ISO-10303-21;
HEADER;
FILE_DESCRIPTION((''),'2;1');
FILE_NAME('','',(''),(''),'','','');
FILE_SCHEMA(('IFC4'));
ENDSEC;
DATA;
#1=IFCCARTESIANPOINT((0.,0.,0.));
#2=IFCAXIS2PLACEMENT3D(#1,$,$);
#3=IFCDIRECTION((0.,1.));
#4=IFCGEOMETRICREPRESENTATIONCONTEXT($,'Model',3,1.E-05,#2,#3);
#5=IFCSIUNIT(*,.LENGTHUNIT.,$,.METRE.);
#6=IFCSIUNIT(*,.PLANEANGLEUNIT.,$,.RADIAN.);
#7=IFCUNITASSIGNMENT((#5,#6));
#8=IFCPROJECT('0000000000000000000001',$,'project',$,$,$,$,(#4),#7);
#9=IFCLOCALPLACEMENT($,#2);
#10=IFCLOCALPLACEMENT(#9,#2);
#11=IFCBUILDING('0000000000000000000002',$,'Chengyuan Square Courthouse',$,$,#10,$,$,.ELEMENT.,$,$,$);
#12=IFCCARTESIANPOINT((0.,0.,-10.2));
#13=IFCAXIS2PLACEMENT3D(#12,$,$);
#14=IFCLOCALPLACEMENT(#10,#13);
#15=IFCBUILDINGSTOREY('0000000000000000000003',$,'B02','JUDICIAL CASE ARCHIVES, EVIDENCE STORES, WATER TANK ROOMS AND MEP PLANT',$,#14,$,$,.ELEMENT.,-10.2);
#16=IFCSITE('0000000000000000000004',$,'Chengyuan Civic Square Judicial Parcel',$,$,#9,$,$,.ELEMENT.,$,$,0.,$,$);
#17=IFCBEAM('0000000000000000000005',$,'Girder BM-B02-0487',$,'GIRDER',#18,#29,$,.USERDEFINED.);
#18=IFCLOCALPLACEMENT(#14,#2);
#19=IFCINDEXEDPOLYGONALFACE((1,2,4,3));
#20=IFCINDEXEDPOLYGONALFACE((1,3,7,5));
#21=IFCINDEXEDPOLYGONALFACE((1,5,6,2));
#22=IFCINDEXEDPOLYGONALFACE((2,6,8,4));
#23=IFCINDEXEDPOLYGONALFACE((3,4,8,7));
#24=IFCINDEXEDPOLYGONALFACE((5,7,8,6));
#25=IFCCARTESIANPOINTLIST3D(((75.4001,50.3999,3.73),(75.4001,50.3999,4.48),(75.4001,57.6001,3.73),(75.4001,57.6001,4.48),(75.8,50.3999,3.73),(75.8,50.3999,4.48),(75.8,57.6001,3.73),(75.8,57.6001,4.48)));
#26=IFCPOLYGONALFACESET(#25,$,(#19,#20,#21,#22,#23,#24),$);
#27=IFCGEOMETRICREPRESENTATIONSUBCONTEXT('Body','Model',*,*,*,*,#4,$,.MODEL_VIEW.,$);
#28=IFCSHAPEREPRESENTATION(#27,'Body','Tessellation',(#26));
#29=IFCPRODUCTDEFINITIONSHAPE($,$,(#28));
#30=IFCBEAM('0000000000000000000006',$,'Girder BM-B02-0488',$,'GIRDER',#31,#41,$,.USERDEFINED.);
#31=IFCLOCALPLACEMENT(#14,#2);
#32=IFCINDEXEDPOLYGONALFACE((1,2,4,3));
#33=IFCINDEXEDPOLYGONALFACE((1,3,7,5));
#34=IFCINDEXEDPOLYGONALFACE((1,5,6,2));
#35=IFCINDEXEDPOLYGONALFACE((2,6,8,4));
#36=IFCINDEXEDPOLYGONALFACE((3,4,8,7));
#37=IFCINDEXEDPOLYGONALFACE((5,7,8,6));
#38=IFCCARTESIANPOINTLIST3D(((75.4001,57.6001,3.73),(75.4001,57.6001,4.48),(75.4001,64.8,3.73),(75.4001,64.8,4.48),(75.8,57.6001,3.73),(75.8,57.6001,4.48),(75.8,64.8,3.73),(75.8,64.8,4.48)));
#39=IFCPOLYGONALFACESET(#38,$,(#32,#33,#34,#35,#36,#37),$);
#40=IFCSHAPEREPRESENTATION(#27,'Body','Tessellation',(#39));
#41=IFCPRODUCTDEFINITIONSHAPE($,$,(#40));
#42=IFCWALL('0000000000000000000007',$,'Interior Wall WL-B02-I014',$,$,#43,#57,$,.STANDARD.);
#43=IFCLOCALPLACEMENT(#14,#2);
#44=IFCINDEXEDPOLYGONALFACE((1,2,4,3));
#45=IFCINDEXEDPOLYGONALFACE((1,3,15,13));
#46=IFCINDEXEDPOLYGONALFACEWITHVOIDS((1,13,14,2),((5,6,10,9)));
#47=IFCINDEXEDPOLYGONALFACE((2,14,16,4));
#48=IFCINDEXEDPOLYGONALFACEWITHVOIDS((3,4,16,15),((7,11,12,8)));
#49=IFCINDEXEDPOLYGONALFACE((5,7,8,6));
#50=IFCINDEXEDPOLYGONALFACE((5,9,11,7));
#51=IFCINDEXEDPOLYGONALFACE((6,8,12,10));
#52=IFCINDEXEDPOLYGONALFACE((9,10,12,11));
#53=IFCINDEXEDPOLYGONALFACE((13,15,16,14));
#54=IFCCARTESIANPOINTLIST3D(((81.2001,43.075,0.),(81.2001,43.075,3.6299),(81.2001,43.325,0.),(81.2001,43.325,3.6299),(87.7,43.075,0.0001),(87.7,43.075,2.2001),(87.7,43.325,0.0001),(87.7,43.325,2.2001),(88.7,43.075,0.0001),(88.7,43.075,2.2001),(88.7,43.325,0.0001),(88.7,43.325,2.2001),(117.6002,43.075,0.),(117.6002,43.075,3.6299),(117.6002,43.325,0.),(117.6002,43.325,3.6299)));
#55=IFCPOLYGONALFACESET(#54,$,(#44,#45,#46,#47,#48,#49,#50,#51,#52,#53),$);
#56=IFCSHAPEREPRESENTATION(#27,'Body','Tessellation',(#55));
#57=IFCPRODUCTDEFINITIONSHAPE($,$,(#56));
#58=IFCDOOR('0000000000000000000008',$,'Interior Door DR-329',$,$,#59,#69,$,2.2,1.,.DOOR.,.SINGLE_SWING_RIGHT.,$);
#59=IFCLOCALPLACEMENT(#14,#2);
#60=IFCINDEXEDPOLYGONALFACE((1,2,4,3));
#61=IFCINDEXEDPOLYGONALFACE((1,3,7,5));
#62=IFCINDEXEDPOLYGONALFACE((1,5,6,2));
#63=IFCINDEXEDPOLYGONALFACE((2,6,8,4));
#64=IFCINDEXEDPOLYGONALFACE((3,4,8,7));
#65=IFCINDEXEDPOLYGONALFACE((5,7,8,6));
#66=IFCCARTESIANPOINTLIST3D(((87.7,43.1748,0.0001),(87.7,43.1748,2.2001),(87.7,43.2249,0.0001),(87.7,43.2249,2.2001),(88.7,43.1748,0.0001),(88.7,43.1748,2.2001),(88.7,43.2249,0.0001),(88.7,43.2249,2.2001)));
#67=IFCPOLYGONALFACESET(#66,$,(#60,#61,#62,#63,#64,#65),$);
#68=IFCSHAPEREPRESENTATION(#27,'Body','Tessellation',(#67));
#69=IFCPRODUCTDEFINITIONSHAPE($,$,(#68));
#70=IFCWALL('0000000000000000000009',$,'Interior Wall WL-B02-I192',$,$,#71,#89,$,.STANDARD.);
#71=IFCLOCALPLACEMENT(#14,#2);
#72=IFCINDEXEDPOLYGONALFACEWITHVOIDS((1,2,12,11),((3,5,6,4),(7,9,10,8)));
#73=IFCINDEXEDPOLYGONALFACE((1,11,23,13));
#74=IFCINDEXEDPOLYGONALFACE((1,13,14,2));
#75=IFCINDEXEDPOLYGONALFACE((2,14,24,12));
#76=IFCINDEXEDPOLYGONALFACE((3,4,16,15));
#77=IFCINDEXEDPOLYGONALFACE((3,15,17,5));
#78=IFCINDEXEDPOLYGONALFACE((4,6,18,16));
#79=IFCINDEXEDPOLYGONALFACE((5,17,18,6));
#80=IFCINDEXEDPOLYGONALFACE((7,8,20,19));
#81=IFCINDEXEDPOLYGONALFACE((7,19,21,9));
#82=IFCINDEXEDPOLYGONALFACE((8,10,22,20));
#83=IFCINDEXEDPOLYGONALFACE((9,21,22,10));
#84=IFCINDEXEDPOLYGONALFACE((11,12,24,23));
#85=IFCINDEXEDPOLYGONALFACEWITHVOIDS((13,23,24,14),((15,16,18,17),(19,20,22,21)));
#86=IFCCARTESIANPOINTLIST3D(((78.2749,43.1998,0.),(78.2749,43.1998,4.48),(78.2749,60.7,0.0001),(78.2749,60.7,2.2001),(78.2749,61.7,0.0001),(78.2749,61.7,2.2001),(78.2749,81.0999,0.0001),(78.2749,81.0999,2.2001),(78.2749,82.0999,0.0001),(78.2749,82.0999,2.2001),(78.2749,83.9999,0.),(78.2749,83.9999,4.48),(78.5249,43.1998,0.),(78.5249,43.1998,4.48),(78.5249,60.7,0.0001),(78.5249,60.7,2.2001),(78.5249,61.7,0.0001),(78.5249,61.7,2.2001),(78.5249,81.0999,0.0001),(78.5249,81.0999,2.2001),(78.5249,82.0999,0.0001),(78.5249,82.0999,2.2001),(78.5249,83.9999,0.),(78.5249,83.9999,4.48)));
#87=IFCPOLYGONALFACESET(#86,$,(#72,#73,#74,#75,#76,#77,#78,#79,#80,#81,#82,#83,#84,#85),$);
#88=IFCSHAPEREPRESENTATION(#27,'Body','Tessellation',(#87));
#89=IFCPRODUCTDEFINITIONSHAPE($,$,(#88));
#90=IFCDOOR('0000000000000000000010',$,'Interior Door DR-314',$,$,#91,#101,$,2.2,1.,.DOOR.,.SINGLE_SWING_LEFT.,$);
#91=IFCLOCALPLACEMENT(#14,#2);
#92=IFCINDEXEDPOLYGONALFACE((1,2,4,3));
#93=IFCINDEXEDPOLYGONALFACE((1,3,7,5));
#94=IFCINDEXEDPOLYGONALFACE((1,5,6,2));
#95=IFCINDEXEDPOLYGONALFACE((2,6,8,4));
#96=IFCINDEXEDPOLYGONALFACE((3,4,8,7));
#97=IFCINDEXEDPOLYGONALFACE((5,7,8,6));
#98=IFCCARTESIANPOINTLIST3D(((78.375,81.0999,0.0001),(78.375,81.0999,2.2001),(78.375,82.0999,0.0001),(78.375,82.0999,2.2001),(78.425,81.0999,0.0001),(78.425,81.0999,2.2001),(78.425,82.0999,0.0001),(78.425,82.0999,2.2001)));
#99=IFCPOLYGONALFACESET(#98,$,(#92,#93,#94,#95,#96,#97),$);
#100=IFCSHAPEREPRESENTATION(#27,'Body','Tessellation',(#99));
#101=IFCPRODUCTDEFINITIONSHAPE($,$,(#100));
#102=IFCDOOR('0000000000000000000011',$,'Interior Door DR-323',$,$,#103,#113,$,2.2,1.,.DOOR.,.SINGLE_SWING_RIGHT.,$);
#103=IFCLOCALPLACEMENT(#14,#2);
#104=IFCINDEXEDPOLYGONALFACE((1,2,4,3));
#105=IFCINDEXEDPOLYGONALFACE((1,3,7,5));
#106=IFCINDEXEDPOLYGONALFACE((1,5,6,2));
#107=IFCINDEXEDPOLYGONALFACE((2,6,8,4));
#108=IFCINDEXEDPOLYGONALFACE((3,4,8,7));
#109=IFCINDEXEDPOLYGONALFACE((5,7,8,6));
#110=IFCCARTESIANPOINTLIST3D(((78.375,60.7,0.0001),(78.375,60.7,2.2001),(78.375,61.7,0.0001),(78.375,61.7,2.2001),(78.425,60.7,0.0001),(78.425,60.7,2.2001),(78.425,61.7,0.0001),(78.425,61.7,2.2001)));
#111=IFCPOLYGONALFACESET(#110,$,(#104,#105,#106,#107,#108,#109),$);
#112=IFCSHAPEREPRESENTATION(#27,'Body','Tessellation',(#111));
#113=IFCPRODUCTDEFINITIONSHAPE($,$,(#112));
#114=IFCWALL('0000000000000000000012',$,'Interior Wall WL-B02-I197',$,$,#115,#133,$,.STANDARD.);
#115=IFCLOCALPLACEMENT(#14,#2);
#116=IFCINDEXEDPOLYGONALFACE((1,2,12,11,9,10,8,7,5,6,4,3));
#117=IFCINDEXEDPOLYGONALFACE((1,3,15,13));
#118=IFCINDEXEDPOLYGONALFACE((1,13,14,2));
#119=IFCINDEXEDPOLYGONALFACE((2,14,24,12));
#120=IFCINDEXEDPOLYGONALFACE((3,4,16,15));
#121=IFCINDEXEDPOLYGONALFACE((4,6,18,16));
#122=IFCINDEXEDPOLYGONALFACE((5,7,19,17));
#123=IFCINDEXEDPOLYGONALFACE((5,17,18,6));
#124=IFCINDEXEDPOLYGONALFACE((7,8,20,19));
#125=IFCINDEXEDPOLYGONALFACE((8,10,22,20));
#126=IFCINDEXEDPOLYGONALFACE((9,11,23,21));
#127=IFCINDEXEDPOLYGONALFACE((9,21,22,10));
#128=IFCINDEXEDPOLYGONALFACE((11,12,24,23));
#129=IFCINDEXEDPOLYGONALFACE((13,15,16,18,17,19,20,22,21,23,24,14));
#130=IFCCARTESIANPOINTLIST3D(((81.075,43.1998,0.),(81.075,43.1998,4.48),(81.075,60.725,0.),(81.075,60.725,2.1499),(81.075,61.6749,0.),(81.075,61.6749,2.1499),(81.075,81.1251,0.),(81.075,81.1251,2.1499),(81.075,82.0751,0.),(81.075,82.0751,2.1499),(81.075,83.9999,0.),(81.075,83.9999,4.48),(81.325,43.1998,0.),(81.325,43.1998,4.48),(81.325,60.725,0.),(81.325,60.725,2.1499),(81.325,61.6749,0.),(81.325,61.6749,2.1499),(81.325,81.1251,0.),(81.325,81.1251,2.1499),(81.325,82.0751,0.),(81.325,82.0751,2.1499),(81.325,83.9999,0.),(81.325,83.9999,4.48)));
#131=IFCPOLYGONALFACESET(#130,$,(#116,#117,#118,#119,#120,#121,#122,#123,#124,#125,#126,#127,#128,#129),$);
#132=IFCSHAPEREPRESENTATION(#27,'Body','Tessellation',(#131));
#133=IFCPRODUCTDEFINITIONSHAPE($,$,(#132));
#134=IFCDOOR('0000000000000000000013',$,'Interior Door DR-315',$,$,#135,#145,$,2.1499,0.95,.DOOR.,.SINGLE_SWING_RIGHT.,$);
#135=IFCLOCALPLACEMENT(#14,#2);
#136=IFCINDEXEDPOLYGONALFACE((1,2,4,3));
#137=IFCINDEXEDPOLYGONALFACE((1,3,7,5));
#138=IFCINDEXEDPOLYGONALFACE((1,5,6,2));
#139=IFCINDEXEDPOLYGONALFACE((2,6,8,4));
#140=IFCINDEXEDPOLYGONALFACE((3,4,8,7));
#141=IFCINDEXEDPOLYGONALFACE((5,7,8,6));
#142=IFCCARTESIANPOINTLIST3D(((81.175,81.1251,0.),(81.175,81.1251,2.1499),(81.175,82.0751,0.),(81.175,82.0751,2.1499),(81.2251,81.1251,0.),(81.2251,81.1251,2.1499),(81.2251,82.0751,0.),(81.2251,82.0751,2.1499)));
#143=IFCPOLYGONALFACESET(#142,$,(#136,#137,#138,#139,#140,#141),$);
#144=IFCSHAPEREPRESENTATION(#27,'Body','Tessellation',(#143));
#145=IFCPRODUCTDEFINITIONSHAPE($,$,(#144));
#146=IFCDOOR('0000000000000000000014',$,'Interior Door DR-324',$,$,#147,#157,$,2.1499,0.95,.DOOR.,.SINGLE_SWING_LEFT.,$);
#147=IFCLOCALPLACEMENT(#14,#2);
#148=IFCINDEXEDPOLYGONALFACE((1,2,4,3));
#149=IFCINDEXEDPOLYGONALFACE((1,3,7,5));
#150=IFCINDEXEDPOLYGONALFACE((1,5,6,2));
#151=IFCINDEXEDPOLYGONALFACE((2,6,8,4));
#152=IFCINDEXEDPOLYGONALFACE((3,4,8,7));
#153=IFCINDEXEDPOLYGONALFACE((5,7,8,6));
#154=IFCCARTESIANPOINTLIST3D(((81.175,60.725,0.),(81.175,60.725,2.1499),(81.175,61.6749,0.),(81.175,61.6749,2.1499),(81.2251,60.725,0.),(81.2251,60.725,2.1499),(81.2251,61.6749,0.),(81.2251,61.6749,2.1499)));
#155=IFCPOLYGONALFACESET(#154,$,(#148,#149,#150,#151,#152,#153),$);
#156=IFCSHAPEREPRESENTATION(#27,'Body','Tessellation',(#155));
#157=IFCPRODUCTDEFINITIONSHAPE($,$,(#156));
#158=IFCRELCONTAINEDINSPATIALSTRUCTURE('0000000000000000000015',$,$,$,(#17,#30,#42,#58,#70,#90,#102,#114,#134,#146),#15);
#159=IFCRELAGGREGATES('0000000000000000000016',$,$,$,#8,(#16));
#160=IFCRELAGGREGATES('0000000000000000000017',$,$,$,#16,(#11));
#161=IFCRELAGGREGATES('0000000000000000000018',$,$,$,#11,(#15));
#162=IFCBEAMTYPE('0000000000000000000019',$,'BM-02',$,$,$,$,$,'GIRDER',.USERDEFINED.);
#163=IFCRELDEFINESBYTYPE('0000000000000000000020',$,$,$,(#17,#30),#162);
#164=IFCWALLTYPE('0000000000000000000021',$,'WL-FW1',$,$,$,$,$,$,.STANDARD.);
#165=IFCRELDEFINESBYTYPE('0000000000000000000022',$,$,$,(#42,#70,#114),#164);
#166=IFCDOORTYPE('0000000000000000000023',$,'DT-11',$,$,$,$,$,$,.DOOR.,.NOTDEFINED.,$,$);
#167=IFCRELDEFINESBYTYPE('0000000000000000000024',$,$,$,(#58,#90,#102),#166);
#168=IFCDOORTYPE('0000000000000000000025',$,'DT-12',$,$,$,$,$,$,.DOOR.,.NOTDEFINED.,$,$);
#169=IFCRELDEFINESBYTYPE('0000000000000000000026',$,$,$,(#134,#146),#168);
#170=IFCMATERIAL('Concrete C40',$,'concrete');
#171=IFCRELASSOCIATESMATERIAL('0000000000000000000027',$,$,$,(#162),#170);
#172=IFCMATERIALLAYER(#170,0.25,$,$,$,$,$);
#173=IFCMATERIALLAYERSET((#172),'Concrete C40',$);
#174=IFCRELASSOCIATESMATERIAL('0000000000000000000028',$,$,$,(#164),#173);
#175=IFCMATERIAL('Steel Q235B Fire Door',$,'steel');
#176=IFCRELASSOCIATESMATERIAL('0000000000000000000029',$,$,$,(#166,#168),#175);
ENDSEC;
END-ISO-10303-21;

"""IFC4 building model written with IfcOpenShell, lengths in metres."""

from ifc_helpers import new_model, si_unit, direction, frame, frame_2d, origin, origin_2d, place, context, subcontext, project, spatial, rectangle, extrude, material, layer, layer_set, material_profile, profile_set, type_object, element, fill, save


model = new_model("IFC4")

# Units and contexts
model_context = context("Model", 3, precision=1e-05, world=origin(), true_north=direction((0.0, 1.0)))
body_context = subcontext(model_context, "Body", "Model", "MODEL_VIEW")
ifc_project = project(units=[si_unit("LENGTHUNIT", "METRE"), si_unit("PLANEANGLEUNIT", "RADIAN")], contexts=[model_context])

# Site, building, storey
site_placement = place(None, origin())
site = spatial("IfcSite", under=ifc_project, at=site_placement, Name="Chengyuan Civic Square Judicial Parcel", CompositionType="ELEMENT", RefElevation=0.0)
building_placement = place(site_placement, origin())
building = spatial("IfcBuilding", under=site, at=building_placement, Name="Chengyuan Square Courthouse", CompositionType="ELEMENT")
storey_placement = place(building_placement, frame((0.0, 0.0, -10.2)))
storey = spatial("IfcBuildingStorey", under=building, at=storey_placement, Name="B02", Description="JUDICIAL CASE ARCHIVES, EVIDENCE STORES, WATER TANK ROOMS AND MEP PLANT", CompositionType="ELEMENT", Elevation=-10.2)

# Shared definitions
ifc_material_1 = material(Name="Concrete C40", Category="concrete")

# Beams
ifc_material_profile_1 = material_profile(ifc_material_1, rectangle(XDim=0.3999, YDim=0.75, at=origin_2d()), Name="RC-BM-400x750")
ifc_profile_set_1 = profile_set([ifc_material_profile_1], Name="Concrete C40")
beam_type_1 = type_object("IfcBeamType", Name="BM-02", ElementType="GIRDER", PredefinedType="USERDEFINED", material=ifc_profile_set_1)
beam_1_placement = place(storey_placement, frame((75.6001, 50.3999, 4.105), z_axis=(0.0, 1.0, 0.0), x_axis=(-1.0, 0.0, 0.0)))
element("IfcBeam", 1, at=beam_1_placement, inside=storey, type_object=beam_type_1, Name="Girder BM-B02-0487", ObjectType="GIRDER", PredefinedType="USERDEFINED", context=body_context, shape_type="SweptSolid", body=[
    extrude(rectangle(XDim=0.3999, YDim=0.75, at=origin_2d()), origin(), (0.0, 0.0, 1.0), 7.2002),
])
beam_2_placement = place(storey_placement, frame((75.6001, 57.6001, 4.105), z_axis=(0.0, 1.0, 0.0), x_axis=(-1.0, 0.0, 0.0)))
element("IfcBeam", 2, at=beam_2_placement, inside=storey, type_object=beam_type_1, Name="Girder BM-B02-0488", ObjectType="GIRDER", PredefinedType="USERDEFINED", context=body_context, shape_type="SweptSolid", body=[
    extrude(rectangle(XDim=0.3999, YDim=0.75, at=origin_2d()), origin(), (0.0, 0.0, 1.0), 7.2),
])

# Wall, opening, door
ifc_layer = layer(ifc_material_1, 0.25)
ifc_layer_set = layer_set([ifc_layer], Name="Concrete C40")
wall_type = type_object("IfcWallType", Name="WL-FW1", PredefinedType="STANDARD", material=ifc_layer_set)
wall_1_placement = place(storey_placement, frame((81.2, 43.2, 0.0), z_axis=(0.0, 0.0, 1.0), x_axis=(1.0, 0.0, 0.0)))
wall_1 = element("IfcWall", 3, at=wall_1_placement, inside=storey, type_object=wall_type, Name="Interior Wall WL-B02-I014", PredefinedType="STANDARD", context=body_context, shape_type="SweptSolid", body=[
    extrude(rectangle(XDim=36.4001, YDim=0.25, at=frame_2d((18.2002, 0.0))), origin(), (0.0, 0.0, 1.0), 3.6299),
])
opening_1_placement = place(wall_1_placement, frame((6.5, 0.0, 0.0)))
opening_1 = element("IfcOpeningElement", 4, at=opening_1_placement, cuts=wall_1, PredefinedType="OPENING", context=body_context, shape_type="SweptSolid", body=[
    extrude(rectangle(XDim=1.0, YDim=2.2, at=frame_2d((0.5, 1.1001))), frame((0.0, 0.137, 0.0), z_axis=(0.0, -1.0, 0.0), x_axis=(1.0, 0.0, 0.0)), (0.0, 0.0, 1.0), 0.2739),
])
ifc_material_2 = material(Name="Steel Q235B Fire Door", Category="steel")
door_type_1 = type_object("IfcDoorType", Name="DT-11", OperationType="NOTDEFINED", PredefinedType="DOOR", material=ifc_material_2)
door_1_placement = place(opening_1_placement, origin())
door_1 = element("IfcDoor", 5, at=door_1_placement, inside=storey, type_object=door_type_1, Name="Interior Door DR-329", OperationType="SINGLE_SWING_RIGHT", OverallHeight=2.2, OverallWidth=1.0, PredefinedType="DOOR", context=body_context, shape_type="SweptSolid", body=[
    extrude(rectangle(XDim=1.0, YDim=2.2, at=frame_2d((0.5, 1.1001))), frame((0.0, 0.0249, 0.0), z_axis=(0.0, -1.0, 0.0), x_axis=(1.0, 0.0, 0.0)), (0.0, 0.0, 1.0), 0.05),
])
fill(opening_1, door_1)

# Walls, openings, doors
wall_2_placement = place(storey_placement, frame((78.3999, 43.2, 0.0), z_axis=(0.0, 0.0, 1.0), x_axis=(0.0, 1.0, 0.0)))
wall_2 = element("IfcWall", 6, at=wall_2_placement, inside=storey, type_object=wall_type, Name="Interior Wall WL-B02-I192", PredefinedType="STANDARD", context=body_context, shape_type="SweptSolid", body=[
    extrude(rectangle(XDim=40.8, YDim=0.25, at=frame_2d((20.3999, 0.0))), origin(), (0.0, 0.0, 1.0), 4.48),
])
opening_2_placement = place(wall_2_placement, frame((37.8999, 0.0, 0.0)))
opening_2 = element("IfcOpeningElement", 7, at=opening_2_placement, cuts=wall_2, PredefinedType="OPENING", context=body_context, shape_type="SweptSolid", body=[
    extrude(rectangle(XDim=1.0, YDim=2.2, at=frame_2d((0.5, 1.1001))), frame((0.0, 0.137, 0.0), z_axis=(0.0, -1.0, 0.0), x_axis=(1.0, 0.0, 0.0)), (0.0, 0.0, 1.0), 0.2739),
])
opening_3_placement = place(wall_2_placement, frame((17.5, 0.0, 0.0)))
opening_3 = element("IfcOpeningElement", 8, at=opening_3_placement, cuts=wall_2, PredefinedType="OPENING", context=body_context, shape_type="SweptSolid", body=[
    extrude(rectangle(XDim=1.0, YDim=2.2, at=frame_2d((0.5, 1.1001))), frame((0.0, 0.137, 0.0), z_axis=(0.0, -1.0, 0.0), x_axis=(1.0, 0.0, 0.0)), (0.0, 0.0, 1.0), 0.2739),
])
door_2_placement = place(opening_2_placement, origin())
door_2 = element("IfcDoor", 9, at=door_2_placement, inside=storey, type_object=door_type_1, Name="Interior Door DR-314", OperationType="SINGLE_SWING_LEFT", OverallHeight=2.2, OverallWidth=1.0, PredefinedType="DOOR", context=body_context, shape_type="SweptSolid", body=[
    extrude(rectangle(XDim=1.0, YDim=2.2, at=frame_2d((0.5, 1.1001))), frame((0.0, 0.0249, 0.0), z_axis=(0.0, -1.0, 0.0), x_axis=(1.0, 0.0, 0.0)), (0.0, 0.0, 1.0), 0.05),
])
fill(opening_2, door_2)
door_3_placement = place(opening_3_placement, origin())
door_3 = element("IfcDoor", 10, at=door_3_placement, inside=storey, type_object=door_type_1, Name="Interior Door DR-323", OperationType="SINGLE_SWING_RIGHT", OverallHeight=2.2, OverallWidth=1.0, PredefinedType="DOOR", context=body_context, shape_type="SweptSolid", body=[
    extrude(rectangle(XDim=1.0, YDim=2.2, at=frame_2d((0.5, 1.1001))), frame((0.0, 0.0249, 0.0), z_axis=(0.0, -1.0, 0.0), x_axis=(1.0, 0.0, 0.0)), (0.0, 0.0, 1.0), 0.05),
])
fill(opening_3, door_3)
wall_3_placement = place(storey_placement, frame((81.2, 43.2, 0.0), z_axis=(0.0, 0.0, 1.0), x_axis=(0.0, 1.0, 0.0)))
wall_3 = element("IfcWall", 11, at=wall_3_placement, inside=storey, type_object=wall_type, Name="Interior Wall WL-B02-I197", PredefinedType="STANDARD", context=body_context, shape_type="SweptSolid", body=[
    extrude(rectangle(XDim=40.8, YDim=0.25, at=frame_2d((20.3999, 0.0))), origin(), (0.0, 0.0, 1.0), 4.48),
])
opening_4_placement = place(wall_3_placement, frame((37.925, 0.0, 0.0)))
opening_4 = element("IfcOpeningElement", 12, at=opening_4_placement, cuts=wall_3, PredefinedType="OPENING", context=body_context, shape_type="SweptSolid", body=[
    extrude(rectangle(XDim=0.95, YDim=2.1499, at=frame_2d((0.4751, 1.075))), frame((0.0, 0.137, 0.0), z_axis=(0.0, -1.0, 0.0), x_axis=(1.0, 0.0, 0.0)), (0.0, 0.0, 1.0), 0.2739),
])
opening_5_placement = place(wall_3_placement, frame((17.5249, 0.0, 0.0)))
opening_5 = element("IfcOpeningElement", 13, at=opening_5_placement, cuts=wall_3, PredefinedType="OPENING", context=body_context, shape_type="SweptSolid", body=[
    extrude(rectangle(XDim=0.95, YDim=2.1499, at=frame_2d((0.4751, 1.075))), frame((0.0, 0.137, 0.0), z_axis=(0.0, -1.0, 0.0), x_axis=(1.0, 0.0, 0.0)), (0.0, 0.0, 1.0), 0.2739),
])
door_type_2 = type_object("IfcDoorType", Name="DT-12", OperationType="NOTDEFINED", PredefinedType="DOOR", material=ifc_material_2)
door_4_placement = place(opening_4_placement, origin())
door_4 = element("IfcDoor", 14, at=door_4_placement, inside=storey, type_object=door_type_2, Name="Interior Door DR-315", OperationType="SINGLE_SWING_RIGHT", OverallHeight=2.1499, OverallWidth=0.95, PredefinedType="DOOR", context=body_context, shape_type="SweptSolid", body=[
    extrude(rectangle(XDim=0.95, YDim=2.1499, at=frame_2d((0.4751, 1.075))), frame((0.0, 0.0249, 0.0), z_axis=(0.0, -1.0, 0.0), x_axis=(1.0, 0.0, 0.0)), (0.0, 0.0, 1.0), 0.05),
])
fill(opening_4, door_4)
door_5_placement = place(opening_5_placement, origin())
door_5 = element("IfcDoor", 15, at=door_5_placement, inside=storey, type_object=door_type_2, Name="Interior Door DR-324", OperationType="SINGLE_SWING_LEFT", OverallHeight=2.1499, OverallWidth=0.95, PredefinedType="DOOR", context=body_context, shape_type="SweptSolid", body=[
    extrude(rectangle(XDim=0.95, YDim=2.1499, at=frame_2d((0.4751, 1.075))), frame((0.0, 0.0249, 0.0), z_axis=(0.0, -1.0, 0.0), x_axis=(1.0, 0.0, 0.0)), (0.0, 0.0, 1.0), 0.05),
])
fill(opening_5, door_5)

save(model, "model.ifc")
